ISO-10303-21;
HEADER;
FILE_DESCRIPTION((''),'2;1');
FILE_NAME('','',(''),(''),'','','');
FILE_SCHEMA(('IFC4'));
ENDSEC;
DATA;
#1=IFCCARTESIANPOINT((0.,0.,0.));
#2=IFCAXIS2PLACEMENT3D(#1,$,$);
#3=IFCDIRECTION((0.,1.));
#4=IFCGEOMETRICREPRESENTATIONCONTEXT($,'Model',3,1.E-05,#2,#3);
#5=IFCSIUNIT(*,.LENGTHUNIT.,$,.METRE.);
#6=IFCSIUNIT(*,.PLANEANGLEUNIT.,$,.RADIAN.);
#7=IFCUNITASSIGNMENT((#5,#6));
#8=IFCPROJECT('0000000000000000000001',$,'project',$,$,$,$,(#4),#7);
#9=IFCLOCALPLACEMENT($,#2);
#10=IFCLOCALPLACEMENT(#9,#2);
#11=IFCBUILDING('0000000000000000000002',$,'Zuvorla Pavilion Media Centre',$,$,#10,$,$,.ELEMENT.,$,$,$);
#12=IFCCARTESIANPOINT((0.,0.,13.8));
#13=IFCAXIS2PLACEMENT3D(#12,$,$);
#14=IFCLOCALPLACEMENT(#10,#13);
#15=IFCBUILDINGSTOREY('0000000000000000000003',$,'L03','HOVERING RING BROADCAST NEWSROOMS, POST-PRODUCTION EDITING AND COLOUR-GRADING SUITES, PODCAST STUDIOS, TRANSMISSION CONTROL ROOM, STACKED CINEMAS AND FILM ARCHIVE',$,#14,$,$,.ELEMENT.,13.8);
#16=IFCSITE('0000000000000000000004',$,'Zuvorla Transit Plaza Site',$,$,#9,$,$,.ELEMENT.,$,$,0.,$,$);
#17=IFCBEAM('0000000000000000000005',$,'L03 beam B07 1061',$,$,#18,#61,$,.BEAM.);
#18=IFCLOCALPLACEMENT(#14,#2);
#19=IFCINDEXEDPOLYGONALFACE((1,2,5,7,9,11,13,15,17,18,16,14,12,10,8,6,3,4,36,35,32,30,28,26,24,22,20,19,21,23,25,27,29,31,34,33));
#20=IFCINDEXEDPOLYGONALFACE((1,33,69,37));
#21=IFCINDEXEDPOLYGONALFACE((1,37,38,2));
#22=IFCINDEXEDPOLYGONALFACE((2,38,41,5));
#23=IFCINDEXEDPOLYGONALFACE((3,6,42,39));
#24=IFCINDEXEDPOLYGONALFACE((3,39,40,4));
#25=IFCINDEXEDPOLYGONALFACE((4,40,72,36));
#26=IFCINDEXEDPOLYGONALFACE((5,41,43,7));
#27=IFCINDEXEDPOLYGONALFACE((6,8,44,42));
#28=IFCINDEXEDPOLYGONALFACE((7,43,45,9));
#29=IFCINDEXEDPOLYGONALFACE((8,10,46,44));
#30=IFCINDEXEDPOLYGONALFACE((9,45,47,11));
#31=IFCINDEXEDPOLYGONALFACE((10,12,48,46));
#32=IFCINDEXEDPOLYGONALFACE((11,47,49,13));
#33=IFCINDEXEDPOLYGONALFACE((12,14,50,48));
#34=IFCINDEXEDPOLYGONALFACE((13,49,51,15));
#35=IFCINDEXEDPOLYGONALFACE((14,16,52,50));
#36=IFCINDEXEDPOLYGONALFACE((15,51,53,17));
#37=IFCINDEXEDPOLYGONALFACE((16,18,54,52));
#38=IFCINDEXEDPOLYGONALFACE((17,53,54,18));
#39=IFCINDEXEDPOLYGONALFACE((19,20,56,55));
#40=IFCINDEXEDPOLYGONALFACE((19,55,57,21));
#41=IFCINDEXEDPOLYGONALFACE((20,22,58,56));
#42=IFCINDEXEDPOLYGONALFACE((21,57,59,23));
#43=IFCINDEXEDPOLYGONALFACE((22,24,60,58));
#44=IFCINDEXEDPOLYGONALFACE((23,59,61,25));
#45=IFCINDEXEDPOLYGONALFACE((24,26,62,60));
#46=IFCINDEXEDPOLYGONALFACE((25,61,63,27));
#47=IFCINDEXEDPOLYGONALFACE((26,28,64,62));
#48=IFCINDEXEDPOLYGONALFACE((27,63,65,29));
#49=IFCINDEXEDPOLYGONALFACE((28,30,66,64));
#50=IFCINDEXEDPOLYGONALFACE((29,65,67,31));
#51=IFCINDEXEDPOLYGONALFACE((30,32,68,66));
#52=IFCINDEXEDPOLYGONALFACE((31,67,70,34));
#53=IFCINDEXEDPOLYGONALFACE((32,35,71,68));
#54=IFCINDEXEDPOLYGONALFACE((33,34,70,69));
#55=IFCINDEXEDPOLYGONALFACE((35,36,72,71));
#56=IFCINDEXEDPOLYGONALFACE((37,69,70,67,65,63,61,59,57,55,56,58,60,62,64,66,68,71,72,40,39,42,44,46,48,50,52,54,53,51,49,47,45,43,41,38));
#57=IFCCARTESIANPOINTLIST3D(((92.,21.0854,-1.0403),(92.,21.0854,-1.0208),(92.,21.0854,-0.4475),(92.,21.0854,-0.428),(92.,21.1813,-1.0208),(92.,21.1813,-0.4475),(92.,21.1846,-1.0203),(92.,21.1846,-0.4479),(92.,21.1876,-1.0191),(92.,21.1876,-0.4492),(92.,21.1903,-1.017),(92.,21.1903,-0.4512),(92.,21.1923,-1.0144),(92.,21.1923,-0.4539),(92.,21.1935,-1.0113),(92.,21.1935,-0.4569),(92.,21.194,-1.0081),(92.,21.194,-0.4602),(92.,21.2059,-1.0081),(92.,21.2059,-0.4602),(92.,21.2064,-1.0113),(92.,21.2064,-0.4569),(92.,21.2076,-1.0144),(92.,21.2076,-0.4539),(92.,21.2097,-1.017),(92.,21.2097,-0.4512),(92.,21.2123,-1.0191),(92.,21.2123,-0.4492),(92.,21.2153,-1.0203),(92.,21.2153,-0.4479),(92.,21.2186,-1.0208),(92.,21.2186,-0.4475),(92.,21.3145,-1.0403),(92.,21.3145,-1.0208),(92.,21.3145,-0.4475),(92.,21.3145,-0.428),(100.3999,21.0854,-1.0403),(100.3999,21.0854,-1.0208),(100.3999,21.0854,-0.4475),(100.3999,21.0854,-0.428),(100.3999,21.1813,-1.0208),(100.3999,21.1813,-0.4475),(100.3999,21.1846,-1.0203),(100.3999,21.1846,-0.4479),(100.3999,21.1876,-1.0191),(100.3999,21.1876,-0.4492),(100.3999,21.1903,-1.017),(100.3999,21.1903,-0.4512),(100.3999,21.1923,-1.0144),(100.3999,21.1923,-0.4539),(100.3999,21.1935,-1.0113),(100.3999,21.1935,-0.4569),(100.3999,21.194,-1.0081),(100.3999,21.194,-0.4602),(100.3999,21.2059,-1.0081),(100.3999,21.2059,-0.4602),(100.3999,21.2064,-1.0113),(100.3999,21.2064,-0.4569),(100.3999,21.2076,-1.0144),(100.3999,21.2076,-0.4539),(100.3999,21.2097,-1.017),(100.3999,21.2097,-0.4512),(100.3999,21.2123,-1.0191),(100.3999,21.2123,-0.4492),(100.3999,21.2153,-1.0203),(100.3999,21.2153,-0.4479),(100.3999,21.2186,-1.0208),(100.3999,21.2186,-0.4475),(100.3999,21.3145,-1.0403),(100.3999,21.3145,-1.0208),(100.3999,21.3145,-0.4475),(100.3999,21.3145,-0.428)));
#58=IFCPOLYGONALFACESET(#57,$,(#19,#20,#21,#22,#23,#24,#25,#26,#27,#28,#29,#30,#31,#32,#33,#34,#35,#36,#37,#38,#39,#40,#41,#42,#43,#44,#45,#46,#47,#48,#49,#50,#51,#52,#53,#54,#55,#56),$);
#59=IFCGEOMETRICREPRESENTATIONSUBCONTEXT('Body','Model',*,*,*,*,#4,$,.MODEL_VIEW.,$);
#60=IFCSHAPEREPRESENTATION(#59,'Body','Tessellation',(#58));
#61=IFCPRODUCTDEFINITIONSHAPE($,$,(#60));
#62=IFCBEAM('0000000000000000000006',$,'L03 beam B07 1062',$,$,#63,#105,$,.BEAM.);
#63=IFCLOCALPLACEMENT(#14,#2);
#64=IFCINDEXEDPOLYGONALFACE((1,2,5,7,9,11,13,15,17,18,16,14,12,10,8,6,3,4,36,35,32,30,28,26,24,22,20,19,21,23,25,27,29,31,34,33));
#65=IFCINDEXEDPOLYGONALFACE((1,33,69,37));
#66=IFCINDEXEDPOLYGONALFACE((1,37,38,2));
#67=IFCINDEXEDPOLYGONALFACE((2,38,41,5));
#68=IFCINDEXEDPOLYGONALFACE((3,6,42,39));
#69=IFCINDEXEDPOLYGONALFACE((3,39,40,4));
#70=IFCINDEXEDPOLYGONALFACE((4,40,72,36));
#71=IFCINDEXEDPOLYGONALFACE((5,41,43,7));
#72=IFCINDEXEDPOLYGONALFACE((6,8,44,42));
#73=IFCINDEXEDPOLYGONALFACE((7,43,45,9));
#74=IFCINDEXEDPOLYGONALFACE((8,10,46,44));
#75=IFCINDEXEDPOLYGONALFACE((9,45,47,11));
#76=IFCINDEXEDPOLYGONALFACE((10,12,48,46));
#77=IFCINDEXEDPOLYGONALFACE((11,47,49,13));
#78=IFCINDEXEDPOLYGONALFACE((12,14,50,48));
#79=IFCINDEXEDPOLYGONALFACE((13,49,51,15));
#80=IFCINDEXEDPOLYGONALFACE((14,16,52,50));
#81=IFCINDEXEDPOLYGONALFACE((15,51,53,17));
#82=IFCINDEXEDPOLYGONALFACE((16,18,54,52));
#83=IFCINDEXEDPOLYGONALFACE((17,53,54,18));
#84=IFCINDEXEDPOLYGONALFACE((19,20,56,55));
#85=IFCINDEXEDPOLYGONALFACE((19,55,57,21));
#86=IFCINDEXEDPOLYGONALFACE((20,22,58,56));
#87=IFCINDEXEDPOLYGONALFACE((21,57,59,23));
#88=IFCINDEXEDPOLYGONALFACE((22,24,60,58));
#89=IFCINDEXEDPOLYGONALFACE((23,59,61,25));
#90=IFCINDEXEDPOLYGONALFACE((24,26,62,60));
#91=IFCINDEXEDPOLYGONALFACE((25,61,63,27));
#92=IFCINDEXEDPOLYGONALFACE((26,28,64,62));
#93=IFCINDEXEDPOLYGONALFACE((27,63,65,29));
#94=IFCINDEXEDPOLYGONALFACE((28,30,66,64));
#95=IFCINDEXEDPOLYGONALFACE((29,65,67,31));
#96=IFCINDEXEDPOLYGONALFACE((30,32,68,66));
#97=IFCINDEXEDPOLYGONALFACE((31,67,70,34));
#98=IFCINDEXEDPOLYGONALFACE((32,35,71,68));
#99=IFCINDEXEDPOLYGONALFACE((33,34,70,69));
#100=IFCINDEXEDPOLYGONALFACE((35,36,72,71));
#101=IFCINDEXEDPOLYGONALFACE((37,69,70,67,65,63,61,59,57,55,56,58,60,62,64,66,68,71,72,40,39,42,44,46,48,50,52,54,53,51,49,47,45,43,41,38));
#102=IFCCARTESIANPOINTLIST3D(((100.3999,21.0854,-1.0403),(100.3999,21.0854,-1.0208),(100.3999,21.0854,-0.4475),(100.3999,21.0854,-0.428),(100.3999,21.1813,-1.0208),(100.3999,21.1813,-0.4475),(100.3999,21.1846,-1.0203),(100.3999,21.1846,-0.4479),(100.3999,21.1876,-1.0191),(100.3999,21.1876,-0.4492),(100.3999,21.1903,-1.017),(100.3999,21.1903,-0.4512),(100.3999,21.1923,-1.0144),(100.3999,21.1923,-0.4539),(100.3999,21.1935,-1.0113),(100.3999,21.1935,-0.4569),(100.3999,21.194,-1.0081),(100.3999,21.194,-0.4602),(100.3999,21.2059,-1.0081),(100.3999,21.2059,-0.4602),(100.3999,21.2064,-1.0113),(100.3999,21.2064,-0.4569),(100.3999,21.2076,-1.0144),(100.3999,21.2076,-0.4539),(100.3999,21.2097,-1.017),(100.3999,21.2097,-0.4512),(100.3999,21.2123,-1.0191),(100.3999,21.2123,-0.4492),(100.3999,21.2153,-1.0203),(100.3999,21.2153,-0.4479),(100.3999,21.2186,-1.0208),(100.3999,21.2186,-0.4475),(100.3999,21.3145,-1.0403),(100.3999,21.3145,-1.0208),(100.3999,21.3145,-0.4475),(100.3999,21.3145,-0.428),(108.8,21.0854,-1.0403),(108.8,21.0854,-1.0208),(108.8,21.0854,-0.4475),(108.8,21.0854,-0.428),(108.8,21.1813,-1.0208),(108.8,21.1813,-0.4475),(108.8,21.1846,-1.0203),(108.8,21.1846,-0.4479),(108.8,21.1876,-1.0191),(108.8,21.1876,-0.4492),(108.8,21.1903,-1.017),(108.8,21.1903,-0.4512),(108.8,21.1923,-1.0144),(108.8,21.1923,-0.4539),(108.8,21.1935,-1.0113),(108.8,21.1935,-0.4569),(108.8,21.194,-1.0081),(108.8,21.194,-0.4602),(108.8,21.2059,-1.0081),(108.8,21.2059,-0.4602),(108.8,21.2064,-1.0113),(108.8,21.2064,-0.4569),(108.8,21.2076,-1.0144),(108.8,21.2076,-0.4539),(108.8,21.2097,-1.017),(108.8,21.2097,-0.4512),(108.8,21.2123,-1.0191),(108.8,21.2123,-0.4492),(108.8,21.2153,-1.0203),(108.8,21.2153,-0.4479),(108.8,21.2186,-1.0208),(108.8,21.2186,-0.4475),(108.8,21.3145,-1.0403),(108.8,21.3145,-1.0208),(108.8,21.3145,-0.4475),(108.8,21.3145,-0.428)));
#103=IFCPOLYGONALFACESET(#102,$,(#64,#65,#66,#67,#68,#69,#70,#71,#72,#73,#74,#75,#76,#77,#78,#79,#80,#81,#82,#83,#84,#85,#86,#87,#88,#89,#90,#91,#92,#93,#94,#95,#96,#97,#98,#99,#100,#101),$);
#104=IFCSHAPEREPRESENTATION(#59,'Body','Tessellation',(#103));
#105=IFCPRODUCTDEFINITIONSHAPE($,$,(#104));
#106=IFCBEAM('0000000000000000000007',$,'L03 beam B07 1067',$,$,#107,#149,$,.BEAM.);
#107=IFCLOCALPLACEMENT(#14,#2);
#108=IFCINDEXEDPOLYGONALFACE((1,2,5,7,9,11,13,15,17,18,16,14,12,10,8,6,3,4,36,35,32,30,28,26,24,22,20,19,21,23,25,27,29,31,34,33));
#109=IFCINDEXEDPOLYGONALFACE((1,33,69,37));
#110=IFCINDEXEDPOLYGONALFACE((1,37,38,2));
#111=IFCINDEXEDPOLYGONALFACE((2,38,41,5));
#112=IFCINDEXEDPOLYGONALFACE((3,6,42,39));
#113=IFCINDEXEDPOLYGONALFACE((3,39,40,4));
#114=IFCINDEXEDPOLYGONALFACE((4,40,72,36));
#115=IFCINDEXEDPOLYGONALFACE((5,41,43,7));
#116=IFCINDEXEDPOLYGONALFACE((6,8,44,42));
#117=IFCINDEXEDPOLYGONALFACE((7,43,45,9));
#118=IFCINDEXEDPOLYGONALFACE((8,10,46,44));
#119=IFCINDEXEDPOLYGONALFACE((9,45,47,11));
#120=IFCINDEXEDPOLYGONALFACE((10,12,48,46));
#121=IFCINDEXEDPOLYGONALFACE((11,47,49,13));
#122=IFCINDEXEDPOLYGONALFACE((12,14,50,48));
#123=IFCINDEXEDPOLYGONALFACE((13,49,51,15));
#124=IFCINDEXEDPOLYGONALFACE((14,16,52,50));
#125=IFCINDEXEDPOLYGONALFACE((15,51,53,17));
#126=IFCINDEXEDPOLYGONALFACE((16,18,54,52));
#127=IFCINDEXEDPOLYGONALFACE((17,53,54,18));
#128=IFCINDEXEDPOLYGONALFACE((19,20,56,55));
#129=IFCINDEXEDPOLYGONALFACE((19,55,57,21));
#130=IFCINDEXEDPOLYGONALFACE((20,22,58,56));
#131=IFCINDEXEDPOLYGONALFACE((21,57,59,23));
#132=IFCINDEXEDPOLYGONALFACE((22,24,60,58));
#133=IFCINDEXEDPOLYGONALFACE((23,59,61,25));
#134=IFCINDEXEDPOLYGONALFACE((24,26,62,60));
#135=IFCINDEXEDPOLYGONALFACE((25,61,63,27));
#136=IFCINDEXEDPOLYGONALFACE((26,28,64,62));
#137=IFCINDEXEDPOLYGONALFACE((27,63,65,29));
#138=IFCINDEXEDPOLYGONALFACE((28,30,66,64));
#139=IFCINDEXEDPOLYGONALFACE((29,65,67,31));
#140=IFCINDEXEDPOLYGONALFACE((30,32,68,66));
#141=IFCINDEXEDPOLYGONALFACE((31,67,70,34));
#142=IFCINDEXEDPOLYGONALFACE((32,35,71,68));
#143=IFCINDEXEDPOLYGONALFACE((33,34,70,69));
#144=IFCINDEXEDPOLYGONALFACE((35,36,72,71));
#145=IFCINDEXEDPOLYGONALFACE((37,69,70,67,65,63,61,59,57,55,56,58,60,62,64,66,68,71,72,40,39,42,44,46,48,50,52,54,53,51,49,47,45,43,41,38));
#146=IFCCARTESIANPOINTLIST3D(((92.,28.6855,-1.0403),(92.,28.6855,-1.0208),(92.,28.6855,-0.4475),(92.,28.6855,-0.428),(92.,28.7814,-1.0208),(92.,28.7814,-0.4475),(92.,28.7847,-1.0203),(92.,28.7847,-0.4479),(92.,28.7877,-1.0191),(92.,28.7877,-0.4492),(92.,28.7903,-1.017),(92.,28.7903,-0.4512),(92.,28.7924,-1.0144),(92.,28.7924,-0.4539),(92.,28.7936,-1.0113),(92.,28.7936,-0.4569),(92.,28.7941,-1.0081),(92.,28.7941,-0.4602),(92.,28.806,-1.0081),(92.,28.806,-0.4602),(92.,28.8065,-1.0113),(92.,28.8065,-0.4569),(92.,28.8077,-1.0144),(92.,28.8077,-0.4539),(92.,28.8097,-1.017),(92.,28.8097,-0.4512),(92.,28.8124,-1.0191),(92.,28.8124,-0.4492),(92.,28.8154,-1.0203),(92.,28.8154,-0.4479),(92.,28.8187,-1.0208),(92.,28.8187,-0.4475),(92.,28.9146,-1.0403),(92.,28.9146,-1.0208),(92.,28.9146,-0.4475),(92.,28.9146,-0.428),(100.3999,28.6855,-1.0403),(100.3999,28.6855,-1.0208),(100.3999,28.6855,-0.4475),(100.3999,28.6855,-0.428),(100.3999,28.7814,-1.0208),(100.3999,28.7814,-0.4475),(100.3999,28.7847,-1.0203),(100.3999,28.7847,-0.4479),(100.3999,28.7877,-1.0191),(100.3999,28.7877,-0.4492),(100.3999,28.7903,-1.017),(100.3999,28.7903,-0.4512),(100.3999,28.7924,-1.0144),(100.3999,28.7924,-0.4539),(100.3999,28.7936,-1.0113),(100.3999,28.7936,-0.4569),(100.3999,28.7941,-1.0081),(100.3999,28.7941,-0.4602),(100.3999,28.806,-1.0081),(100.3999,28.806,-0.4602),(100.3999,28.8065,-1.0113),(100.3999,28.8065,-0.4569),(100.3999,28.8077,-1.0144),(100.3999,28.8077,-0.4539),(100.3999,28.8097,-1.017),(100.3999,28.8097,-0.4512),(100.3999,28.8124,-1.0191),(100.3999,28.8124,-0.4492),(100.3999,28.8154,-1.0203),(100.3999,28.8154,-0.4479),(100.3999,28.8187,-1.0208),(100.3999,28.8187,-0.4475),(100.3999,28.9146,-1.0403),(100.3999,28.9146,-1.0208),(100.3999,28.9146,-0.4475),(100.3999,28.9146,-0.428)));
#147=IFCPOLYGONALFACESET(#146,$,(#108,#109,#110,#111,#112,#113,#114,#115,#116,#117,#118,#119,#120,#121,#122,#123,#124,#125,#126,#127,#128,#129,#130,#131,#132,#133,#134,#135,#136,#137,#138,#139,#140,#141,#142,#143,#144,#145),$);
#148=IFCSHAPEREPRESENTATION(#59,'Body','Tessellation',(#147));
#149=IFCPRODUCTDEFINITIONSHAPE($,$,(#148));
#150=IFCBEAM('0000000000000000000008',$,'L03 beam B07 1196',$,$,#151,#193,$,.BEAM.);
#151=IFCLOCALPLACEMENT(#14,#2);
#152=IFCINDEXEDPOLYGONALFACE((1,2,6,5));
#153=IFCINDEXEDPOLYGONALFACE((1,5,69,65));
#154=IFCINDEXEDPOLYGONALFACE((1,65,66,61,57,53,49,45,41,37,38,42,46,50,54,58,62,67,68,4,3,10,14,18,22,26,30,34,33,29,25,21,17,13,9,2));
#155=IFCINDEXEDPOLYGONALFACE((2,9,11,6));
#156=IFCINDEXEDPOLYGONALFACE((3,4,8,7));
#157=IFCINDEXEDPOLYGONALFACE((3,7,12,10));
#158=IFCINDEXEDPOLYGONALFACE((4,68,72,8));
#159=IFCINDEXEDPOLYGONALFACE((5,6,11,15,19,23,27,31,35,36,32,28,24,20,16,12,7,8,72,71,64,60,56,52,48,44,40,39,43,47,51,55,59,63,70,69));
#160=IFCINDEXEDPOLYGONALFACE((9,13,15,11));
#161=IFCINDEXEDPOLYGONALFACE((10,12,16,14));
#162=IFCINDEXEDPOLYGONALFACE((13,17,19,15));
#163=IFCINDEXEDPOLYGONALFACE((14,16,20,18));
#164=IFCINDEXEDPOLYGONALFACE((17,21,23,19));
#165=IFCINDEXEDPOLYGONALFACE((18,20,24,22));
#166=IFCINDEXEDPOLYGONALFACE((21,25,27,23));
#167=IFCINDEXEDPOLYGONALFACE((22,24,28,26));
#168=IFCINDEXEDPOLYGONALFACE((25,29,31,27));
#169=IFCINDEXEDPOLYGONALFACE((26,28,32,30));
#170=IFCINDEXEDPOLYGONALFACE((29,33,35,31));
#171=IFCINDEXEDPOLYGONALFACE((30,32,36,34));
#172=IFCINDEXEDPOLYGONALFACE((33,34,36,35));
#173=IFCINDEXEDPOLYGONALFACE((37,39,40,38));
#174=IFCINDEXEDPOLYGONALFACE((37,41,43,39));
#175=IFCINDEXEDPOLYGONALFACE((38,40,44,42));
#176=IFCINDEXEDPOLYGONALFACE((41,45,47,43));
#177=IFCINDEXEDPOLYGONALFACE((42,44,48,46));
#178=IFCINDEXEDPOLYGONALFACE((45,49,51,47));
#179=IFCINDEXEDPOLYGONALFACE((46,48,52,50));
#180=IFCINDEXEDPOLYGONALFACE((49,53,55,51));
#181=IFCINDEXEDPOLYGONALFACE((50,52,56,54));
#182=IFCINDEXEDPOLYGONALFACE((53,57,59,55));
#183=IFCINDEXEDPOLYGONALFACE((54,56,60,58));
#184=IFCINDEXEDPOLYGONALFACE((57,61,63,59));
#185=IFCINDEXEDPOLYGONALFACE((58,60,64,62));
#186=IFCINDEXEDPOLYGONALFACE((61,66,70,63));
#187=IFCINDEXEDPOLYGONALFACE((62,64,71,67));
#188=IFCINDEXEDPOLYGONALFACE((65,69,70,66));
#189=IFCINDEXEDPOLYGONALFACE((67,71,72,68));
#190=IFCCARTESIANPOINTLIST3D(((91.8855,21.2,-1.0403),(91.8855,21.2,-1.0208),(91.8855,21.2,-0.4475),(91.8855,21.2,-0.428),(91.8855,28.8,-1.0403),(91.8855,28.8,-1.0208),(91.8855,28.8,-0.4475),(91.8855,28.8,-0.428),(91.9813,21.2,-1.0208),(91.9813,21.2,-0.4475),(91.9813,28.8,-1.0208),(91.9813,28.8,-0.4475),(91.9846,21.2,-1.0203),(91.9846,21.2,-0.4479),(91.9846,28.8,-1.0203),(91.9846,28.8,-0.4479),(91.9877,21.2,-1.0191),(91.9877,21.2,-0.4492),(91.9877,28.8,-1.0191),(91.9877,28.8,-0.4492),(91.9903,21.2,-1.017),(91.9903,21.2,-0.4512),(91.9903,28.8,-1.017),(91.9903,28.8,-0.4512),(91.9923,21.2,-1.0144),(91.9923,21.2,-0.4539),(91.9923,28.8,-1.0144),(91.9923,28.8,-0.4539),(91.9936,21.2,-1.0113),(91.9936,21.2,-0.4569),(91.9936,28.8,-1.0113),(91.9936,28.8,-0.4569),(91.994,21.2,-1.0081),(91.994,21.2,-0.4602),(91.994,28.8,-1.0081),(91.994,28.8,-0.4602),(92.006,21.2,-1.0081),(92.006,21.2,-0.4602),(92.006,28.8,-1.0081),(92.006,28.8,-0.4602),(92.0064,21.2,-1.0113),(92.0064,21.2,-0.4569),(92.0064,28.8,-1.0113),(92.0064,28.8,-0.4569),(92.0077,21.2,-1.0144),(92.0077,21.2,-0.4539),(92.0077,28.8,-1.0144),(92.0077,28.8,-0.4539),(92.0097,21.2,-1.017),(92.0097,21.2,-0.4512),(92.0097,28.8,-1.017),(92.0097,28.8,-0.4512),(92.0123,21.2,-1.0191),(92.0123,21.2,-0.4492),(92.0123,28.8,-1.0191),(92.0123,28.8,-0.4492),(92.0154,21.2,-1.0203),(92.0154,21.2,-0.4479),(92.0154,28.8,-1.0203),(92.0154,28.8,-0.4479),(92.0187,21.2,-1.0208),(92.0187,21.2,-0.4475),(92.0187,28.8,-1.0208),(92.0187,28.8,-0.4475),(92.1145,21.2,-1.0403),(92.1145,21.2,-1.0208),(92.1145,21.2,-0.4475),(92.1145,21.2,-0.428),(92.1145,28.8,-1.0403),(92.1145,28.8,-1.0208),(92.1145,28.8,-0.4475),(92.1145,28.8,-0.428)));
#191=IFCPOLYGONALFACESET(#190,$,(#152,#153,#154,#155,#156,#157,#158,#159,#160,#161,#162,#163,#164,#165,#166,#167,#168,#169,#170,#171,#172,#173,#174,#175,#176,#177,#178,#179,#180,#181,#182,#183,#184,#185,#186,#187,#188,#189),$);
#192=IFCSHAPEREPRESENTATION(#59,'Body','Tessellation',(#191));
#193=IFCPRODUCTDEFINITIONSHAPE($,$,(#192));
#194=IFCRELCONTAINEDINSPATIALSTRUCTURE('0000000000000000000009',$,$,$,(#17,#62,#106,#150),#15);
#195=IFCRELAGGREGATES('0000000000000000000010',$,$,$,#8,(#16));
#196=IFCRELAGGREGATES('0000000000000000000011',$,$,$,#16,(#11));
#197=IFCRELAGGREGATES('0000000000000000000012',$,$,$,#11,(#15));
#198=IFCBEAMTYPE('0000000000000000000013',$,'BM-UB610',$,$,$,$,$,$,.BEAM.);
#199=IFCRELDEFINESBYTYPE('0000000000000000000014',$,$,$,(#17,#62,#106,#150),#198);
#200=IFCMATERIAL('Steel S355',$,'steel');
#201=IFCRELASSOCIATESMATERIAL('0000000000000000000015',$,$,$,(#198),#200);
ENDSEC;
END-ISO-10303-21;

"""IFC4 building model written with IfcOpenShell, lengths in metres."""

from ifc_helpers import new_model, si_unit, direction, frame, origin, origin_2d, place, context, subcontext, project, spatial, i_section, extrude, material, material_profile, profile_set, type_object, element, save


model = new_model("IFC4")

# Units and contexts
model_context = context("Model", 3, precision=1e-05, world=origin(), true_north=direction((0.0, 1.0)))
body_context = subcontext(model_context, "Body", "Model", "MODEL_VIEW")
ifc_project = project(units=[si_unit("LENGTHUNIT", "METRE"), si_unit("PLANEANGLEUNIT", "RADIAN")], contexts=[model_context])

# Site, building, storey
site_placement = place(None, origin())
site = spatial("IfcSite", under=ifc_project, at=site_placement, Name="Zuvorla Transit Plaza Site", CompositionType="ELEMENT", RefElevation=0.0)
building_placement = place(site_placement, origin())
building = spatial("IfcBuilding", under=site, at=building_placement, Name="Zuvorla Pavilion Media Centre", CompositionType="ELEMENT")
storey_placement = place(building_placement, frame((0.0, 0.0, 13.8)))
storey = spatial("IfcBuildingStorey", under=building, at=storey_placement, Name="L03", Description="HOVERING RING BROADCAST NEWSROOMS, POST-PRODUCTION EDITING AND COLOUR-GRADING SUITES, PODCAST STUDIOS, TRANSMISSION CONTROL ROOM, STACKED CINEMAS AND FILM ARCHIVE", CompositionType="ELEMENT", Elevation=13.8)

# Beams
ifc_material_1 = material(Name="Steel S355", Category="steel")
ifc_material_profile_1 = material_profile(ifc_material_1, i_section(OverallWidth=0.229, OverallDepth=0.6123, WebThickness=0.012, FlangeThickness=0.0195, FilletRadius=0.0127, at=origin_2d()), Name="UB 610x229x125")
ifc_profile_set_1 = profile_set([ifc_material_profile_1], Name="Steel S355")
beam_type_1 = type_object("IfcBeamType", Name="BM-UB610", PredefinedType="BEAM", material=ifc_profile_set_1)
beam_1_placement = place(storey_placement, frame((92.0, 21.2, -0.7341), z_axis=(1.0, 0.0, 0.0), x_axis=(0.0, 1.0, 0.0)))
element("IfcBeam", 1, at=beam_1_placement, inside=storey, type_object=beam_type_1, Name="L03 beam B07 1061", PredefinedType="BEAM", context=body_context, shape_type="SweptSolid", body=[
    extrude(i_section(OverallWidth=0.229, OverallDepth=0.6123, WebThickness=0.012, FlangeThickness=0.0195, FilletRadius=0.0127, at=origin_2d()), origin(), (0.0, 0.0, 1.0), 8.3999),
])
beam_2_placement = place(storey_placement, frame((100.3999, 21.2, -0.7341), z_axis=(1.0, 0.0, 0.0), x_axis=(0.0, 1.0, 0.0)))
element("IfcBeam", 2, at=beam_2_placement, inside=storey, type_object=beam_type_1, Name="L03 beam B07 1062", PredefinedType="BEAM", context=body_context, shape_type="SweptSolid", body=[
    extrude(i_section(OverallWidth=0.229, OverallDepth=0.6123, WebThickness=0.012, FlangeThickness=0.0195, FilletRadius=0.0127, at=origin_2d()), origin(), (0.0, 0.0, 1.0), 8.4001),
])
beam_3_placement = place(storey_placement, frame((92.0, 28.8, -0.7341), z_axis=(1.0, 0.0, 0.0), x_axis=(0.0, 1.0, 0.0)))
element("IfcBeam", 3, at=beam_3_placement, inside=storey, type_object=beam_type_1, Name="L03 beam B07 1067", PredefinedType="BEAM", context=body_context, shape_type="SweptSolid", body=[
    extrude(i_section(OverallWidth=0.229, OverallDepth=0.6123, WebThickness=0.012, FlangeThickness=0.0195, FilletRadius=0.0127, at=origin_2d()), origin(), (0.0, 0.0, 1.0), 8.3999),
])
beam_4_placement = place(storey_placement, frame((92.0, 21.2, -0.7341), z_axis=(0.0, 1.0, 0.0), x_axis=(-1.0, 0.0, 0.0)))
element("IfcBeam", 4, at=beam_4_placement, inside=storey, type_object=beam_type_1, Name="L03 beam B07 1196", PredefinedType="BEAM", context=body_context, shape_type="SweptSolid", body=[
    extrude(i_section(OverallWidth=0.229, OverallDepth=0.6123, WebThickness=0.012, FlangeThickness=0.0195, FilletRadius=0.0127, at=origin_2d()), origin(), (0.0, 0.0, 1.0), 7.6001),
])

save(model, "model.ifc")
